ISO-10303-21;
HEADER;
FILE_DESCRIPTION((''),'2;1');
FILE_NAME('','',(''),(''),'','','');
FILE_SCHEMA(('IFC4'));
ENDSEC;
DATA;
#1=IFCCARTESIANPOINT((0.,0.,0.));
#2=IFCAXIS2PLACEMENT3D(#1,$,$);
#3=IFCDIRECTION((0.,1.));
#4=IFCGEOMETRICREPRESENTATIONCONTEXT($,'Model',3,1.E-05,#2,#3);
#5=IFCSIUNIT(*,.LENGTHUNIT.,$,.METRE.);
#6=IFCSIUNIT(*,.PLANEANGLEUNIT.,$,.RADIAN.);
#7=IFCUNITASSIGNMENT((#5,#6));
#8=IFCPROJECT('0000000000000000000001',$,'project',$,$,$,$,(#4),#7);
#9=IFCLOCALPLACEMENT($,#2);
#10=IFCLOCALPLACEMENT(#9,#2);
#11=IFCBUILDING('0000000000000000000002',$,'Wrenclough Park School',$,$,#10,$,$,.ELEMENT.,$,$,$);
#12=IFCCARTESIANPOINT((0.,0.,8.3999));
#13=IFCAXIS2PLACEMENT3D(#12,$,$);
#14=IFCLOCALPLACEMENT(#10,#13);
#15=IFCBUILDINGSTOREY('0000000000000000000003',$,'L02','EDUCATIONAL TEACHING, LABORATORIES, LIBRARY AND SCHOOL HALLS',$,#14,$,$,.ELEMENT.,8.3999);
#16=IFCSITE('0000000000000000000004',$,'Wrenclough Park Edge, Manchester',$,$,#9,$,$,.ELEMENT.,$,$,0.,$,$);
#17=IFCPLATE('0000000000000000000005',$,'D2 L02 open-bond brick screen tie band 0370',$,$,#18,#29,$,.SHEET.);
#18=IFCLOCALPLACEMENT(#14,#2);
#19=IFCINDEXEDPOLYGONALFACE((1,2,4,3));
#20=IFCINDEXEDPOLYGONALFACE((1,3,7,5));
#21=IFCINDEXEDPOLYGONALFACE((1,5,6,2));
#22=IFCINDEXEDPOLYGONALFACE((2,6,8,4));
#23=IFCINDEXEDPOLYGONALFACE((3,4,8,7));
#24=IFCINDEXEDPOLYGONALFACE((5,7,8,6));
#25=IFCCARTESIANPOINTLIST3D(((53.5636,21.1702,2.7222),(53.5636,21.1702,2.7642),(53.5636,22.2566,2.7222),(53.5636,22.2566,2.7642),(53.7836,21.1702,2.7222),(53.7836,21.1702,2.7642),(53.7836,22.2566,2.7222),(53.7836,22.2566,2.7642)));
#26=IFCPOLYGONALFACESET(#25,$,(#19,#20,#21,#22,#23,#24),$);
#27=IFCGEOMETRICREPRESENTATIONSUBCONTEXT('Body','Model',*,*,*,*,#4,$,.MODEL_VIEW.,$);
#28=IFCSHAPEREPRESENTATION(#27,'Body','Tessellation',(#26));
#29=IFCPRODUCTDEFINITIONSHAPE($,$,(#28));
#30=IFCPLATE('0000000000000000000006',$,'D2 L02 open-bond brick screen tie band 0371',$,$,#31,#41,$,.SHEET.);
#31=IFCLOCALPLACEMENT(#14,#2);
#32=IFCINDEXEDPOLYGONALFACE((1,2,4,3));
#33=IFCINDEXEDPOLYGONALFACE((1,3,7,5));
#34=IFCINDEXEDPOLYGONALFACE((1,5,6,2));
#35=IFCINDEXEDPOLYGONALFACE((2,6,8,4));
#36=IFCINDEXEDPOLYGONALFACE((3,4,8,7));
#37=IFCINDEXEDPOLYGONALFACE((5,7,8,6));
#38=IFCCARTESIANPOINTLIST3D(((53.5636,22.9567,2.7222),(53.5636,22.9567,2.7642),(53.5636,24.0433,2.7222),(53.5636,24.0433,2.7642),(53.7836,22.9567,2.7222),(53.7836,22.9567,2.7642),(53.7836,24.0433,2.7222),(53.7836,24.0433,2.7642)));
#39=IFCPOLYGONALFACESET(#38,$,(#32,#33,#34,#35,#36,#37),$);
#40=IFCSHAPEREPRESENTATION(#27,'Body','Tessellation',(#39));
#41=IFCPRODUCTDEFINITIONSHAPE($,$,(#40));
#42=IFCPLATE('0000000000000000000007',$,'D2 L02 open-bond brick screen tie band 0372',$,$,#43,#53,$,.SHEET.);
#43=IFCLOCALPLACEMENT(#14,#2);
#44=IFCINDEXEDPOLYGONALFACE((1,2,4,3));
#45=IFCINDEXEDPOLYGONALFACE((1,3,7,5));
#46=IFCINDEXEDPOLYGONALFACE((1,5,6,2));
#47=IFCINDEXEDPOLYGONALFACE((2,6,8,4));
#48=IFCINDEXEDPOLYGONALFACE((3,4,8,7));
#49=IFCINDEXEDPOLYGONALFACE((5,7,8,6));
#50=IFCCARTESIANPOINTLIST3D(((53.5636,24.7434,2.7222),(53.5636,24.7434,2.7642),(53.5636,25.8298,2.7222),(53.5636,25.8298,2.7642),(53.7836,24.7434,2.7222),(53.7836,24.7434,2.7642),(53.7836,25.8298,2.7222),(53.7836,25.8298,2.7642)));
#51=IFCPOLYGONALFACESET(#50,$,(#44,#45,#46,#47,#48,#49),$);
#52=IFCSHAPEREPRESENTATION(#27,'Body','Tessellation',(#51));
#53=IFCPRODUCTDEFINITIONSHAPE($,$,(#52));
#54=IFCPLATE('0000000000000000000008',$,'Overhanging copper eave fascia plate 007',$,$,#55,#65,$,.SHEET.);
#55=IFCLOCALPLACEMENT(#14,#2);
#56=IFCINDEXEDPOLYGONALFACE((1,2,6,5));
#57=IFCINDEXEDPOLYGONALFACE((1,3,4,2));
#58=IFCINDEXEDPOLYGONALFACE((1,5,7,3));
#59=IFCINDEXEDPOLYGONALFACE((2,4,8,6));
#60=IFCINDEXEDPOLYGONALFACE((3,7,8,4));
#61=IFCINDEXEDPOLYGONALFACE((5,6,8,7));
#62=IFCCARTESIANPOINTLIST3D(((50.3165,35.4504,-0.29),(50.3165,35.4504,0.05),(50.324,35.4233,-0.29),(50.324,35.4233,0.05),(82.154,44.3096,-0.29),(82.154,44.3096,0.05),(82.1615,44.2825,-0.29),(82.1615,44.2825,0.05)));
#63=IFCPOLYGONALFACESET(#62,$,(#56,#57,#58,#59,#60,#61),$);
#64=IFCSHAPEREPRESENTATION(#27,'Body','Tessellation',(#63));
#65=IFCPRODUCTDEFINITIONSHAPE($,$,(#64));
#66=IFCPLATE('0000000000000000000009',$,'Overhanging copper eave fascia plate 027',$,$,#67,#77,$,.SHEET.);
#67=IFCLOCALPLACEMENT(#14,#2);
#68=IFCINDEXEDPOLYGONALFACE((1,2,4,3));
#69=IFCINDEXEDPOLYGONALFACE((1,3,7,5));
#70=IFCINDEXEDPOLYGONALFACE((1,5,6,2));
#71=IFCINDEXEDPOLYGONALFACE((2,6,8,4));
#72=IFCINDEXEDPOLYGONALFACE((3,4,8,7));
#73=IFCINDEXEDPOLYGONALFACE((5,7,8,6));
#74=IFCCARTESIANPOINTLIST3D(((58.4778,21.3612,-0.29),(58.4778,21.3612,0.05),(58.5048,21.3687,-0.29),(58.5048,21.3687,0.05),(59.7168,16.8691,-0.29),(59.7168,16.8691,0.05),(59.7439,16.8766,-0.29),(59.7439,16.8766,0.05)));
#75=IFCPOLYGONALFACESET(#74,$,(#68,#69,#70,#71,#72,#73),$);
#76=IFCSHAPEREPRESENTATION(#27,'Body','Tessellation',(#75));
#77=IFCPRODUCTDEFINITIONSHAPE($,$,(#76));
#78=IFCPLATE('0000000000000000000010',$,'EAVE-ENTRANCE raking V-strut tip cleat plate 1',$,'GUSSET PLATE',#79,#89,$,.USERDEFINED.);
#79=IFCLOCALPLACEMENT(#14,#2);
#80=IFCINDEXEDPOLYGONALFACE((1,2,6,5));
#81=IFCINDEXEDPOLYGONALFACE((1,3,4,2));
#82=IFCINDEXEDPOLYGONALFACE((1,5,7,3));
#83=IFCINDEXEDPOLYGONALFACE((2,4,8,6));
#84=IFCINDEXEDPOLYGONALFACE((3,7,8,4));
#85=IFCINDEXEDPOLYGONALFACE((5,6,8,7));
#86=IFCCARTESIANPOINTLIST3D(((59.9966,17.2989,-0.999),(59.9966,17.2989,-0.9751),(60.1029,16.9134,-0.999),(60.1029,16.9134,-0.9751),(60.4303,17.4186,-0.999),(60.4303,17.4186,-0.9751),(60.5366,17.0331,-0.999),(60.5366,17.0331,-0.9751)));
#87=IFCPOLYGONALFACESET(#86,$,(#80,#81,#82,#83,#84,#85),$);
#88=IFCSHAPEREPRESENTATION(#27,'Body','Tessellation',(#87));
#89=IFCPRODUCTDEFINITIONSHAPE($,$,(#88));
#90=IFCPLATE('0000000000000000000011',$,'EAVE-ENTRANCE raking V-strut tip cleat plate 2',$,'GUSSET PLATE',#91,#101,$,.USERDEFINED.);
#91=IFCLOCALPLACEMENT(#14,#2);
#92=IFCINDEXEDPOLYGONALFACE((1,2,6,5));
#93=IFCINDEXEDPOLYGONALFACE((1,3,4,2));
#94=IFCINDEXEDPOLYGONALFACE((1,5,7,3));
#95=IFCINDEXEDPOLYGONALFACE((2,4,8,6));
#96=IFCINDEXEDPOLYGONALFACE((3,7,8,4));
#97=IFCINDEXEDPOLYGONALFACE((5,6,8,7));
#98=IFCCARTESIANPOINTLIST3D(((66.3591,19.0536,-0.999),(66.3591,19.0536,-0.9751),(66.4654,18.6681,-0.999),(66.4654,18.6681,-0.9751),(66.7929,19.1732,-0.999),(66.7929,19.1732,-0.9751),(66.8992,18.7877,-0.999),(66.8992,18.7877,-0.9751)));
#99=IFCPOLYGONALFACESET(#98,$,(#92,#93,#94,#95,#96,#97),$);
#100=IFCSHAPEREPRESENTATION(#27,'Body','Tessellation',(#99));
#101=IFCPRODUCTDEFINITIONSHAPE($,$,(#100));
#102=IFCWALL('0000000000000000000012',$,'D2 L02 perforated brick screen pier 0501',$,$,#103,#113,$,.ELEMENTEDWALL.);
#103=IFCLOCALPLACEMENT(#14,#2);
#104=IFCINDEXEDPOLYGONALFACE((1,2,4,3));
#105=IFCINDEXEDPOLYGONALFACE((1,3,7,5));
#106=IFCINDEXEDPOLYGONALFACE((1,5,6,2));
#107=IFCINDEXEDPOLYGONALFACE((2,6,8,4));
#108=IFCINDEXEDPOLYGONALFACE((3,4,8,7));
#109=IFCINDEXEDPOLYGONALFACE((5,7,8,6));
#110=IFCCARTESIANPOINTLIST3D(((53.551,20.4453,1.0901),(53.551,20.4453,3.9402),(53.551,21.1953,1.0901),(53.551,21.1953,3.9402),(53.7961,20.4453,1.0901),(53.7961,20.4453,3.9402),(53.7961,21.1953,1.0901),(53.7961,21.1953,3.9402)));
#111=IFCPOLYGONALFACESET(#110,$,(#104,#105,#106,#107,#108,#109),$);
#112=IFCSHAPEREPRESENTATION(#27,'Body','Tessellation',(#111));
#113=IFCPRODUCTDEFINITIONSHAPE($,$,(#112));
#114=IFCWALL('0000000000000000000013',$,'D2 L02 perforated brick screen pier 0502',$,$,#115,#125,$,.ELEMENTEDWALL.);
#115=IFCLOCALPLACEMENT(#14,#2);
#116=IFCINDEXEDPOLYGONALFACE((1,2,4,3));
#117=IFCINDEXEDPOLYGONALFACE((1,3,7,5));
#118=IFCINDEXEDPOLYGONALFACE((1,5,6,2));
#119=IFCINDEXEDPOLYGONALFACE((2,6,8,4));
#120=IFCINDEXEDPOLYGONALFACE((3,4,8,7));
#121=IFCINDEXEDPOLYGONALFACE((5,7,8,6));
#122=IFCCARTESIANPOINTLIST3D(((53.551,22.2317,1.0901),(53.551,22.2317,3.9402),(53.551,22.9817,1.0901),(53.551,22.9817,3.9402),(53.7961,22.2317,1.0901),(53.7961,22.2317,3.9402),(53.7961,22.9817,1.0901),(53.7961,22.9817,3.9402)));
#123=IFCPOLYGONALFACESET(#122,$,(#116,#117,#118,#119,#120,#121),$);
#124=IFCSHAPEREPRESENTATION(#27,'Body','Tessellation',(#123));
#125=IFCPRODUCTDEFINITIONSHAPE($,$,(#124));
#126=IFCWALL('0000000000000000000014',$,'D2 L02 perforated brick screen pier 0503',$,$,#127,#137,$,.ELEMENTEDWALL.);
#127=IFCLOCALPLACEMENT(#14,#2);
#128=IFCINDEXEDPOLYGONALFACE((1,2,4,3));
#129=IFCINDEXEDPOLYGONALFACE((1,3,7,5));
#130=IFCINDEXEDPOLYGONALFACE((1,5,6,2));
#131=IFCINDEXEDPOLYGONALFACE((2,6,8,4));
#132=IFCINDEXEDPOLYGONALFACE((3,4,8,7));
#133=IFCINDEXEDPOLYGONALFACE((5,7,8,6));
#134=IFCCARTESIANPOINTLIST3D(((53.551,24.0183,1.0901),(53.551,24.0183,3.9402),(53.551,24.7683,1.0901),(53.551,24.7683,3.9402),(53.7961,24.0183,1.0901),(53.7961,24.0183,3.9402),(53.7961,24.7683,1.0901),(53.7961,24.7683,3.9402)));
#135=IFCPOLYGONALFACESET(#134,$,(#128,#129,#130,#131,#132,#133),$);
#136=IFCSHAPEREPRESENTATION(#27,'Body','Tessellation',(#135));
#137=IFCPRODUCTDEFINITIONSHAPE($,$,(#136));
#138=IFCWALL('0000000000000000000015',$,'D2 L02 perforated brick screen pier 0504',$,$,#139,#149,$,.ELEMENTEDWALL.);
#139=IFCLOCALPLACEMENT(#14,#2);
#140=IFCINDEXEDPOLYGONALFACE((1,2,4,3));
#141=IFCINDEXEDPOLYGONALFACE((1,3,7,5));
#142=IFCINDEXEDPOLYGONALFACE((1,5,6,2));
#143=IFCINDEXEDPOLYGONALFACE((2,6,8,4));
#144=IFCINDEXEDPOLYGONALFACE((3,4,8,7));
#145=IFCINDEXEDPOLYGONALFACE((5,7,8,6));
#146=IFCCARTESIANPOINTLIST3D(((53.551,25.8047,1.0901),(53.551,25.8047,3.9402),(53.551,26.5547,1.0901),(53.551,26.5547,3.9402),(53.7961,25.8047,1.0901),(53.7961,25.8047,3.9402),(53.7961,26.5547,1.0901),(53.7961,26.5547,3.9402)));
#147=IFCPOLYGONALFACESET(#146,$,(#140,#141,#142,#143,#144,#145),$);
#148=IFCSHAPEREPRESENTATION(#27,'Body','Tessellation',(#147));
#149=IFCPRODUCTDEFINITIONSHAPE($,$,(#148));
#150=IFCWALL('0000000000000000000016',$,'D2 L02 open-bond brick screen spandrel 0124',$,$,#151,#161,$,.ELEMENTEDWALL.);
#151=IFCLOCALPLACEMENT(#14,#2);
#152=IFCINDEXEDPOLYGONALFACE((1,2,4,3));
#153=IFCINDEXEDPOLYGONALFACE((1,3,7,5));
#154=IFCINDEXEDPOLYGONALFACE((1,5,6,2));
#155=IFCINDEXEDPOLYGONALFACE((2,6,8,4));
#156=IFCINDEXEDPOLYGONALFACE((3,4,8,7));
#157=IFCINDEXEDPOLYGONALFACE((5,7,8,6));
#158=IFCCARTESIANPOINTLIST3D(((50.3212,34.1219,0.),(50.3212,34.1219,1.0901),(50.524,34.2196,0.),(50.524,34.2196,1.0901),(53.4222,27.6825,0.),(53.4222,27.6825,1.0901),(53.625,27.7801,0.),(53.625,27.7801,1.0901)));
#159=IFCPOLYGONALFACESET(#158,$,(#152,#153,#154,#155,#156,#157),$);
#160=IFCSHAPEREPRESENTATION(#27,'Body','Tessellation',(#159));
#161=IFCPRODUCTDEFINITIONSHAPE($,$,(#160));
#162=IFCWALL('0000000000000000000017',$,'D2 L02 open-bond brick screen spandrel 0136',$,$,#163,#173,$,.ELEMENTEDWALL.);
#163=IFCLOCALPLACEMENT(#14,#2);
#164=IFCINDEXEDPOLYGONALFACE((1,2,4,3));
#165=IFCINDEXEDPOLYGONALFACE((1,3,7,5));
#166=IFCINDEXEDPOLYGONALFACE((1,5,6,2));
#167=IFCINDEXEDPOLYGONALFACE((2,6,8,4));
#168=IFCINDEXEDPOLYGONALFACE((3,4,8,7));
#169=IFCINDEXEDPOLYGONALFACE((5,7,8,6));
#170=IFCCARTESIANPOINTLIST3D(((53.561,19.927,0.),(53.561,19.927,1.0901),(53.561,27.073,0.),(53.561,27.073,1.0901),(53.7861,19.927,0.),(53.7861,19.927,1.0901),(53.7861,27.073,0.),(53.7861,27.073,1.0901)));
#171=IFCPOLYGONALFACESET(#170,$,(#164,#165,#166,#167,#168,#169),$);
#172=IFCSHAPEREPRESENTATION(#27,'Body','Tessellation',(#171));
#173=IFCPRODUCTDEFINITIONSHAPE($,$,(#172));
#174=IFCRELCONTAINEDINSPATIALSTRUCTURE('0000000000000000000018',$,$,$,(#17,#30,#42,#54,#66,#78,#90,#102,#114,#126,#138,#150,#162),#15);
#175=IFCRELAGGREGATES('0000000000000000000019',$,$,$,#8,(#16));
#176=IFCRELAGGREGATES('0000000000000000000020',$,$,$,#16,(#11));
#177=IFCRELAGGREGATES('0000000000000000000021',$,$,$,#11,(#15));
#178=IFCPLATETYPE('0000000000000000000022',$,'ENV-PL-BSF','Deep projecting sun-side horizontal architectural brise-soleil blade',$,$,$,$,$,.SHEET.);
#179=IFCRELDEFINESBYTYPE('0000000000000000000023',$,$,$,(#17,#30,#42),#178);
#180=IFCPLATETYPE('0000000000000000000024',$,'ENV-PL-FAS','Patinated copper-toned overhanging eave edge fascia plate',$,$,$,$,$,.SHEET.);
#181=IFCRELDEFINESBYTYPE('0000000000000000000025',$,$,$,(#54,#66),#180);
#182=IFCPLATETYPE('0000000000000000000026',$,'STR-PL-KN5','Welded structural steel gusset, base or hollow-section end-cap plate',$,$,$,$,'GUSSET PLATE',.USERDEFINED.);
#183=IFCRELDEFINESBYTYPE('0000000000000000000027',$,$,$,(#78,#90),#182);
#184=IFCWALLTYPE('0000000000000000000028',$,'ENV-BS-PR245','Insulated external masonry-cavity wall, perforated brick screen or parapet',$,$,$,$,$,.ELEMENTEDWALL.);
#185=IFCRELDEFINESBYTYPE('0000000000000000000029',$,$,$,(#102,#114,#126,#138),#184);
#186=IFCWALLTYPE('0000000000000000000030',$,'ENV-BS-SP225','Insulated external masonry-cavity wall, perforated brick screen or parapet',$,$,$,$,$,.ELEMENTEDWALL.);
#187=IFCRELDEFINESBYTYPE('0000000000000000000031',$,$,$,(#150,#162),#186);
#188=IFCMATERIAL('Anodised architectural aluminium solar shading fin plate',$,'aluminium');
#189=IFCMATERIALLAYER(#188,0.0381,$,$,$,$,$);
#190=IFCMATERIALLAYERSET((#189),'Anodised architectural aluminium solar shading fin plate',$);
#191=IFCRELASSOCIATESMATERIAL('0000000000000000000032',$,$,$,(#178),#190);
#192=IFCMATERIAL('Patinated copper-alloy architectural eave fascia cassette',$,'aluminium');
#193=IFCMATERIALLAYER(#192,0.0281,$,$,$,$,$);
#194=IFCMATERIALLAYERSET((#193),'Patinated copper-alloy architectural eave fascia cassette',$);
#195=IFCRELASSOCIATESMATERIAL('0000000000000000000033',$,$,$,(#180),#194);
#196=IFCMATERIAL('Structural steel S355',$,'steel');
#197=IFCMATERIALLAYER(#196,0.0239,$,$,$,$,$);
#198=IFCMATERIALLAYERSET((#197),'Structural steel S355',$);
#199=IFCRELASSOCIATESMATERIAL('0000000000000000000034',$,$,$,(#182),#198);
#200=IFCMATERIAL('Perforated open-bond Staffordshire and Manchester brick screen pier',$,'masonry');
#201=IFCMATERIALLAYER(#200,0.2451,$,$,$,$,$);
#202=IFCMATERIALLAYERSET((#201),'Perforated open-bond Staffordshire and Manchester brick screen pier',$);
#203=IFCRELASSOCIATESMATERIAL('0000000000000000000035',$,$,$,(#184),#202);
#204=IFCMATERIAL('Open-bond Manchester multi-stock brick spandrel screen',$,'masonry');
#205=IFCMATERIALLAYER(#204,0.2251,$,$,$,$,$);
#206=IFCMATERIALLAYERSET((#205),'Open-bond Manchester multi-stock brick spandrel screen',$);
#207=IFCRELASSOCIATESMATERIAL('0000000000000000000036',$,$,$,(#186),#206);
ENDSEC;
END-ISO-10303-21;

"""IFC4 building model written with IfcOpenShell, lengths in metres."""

from ifc_helpers import new_model, si_unit, direction, frame, frame_2d, origin, origin_2d, place, context, subcontext, project, spatial, rectangle, extrude, material, layer, layer_set, type_object, element, save


model = new_model("IFC4")

# Units and contexts
model_context = context("Model", 3, precision=1e-05, world=origin(), true_north=direction((0.0, 1.0)))
body_context = subcontext(model_context, "Body", "Model", "MODEL_VIEW")
ifc_project = project(units=[si_unit("LENGTHUNIT", "METRE"), si_unit("PLANEANGLEUNIT", "RADIAN")], contexts=[model_context])

# Site, building, storey
site_placement = place(None, origin())
site = spatial("IfcSite", under=ifc_project, at=site_placement, Name="Wrenclough Park Edge, Manchester", CompositionType="ELEMENT", RefElevation=0.0)
building_placement = place(site_placement, origin())
building = spatial("IfcBuilding", under=site, at=building_placement, Name="Wrenclough Park School", CompositionType="ELEMENT")
storey_placement = place(building_placement, frame((0.0, 0.0, 8.3999)))
storey = spatial("IfcBuildingStorey", under=building, at=storey_placement, Name="L02", Description="EDUCATIONAL TEACHING, LABORATORIES, LIBRARY AND SCHOOL HALLS", CompositionType="ELEMENT", Elevation=8.3999)

# Shared definitions
ifc_material_1 = material(Name="Structural steel S355", Category="steel")

# Plates
ifc_material_2 = material(Name="Anodised architectural aluminium solar shading fin plate", Category="aluminium")
ifc_layer_1 = layer(ifc_material_2, 0.0381)
ifc_layer_set_1 = layer_set([ifc_layer_1], Name="Anodised architectural aluminium solar shading fin plate")
plate_type_1 = type_object("IfcPlateType", Name="ENV-PL-BSF", Description="Deep projecting sun-side horizontal architectural brise-soleil blade", PredefinedType="SHEET", material=ifc_layer_set_1)
plate_1_placement = place(storey_placement, frame((53.6736, 21.7134, 2.7222), z_axis=(0.0, 0.0, 1.0), x_axis=(0.0, 1.0, 0.0)))
element("IfcPlate", 1, at=plate_1_placement, inside=storey, type_object=plate_type_1, Name="D2 L02 open-bond brick screen tie band 0370", PredefinedType="SHEET", context=body_context, shape_type="SweptSolid", body=[
    extrude(rectangle(XDim=1.0864, YDim=0.22, at=origin_2d()), origin(), (0.0, 0.0, 1.0), 0.042),
])
plate_2_placement = place(storey_placement, frame((53.6736, 23.5, 2.7222), z_axis=(0.0, 0.0, 1.0), x_axis=(0.0, 1.0, 0.0)))
element("IfcPlate", 2, at=plate_2_placement, inside=storey, type_object=plate_type_1, Name="D2 L02 open-bond brick screen tie band 0371", PredefinedType="SHEET", context=body_context, shape_type="SweptSolid", body=[
    extrude(rectangle(XDim=1.0867, YDim=0.22, at=origin_2d()), origin(), (0.0, 0.0, 1.0), 0.042),
])
plate_3_placement = place(storey_placement, frame((53.6736, 25.2866, 2.7222), z_axis=(0.0, 0.0, 1.0), x_axis=(0.0, 1.0, 0.0)))
element("IfcPlate", 3, at=plate_3_placement, inside=storey, type_object=plate_type_1, Name="D2 L02 open-bond brick screen tie band 0372", PredefinedType="SHEET", context=body_context, shape_type="SweptSolid", body=[
    extrude(rectangle(XDim=1.0864, YDim=0.22, at=origin_2d()), origin(), (0.0, 0.0, 1.0), 0.042),
])
ifc_material_3 = material(Name="Patinated copper-alloy architectural eave fascia cassette", Category="aluminium")
ifc_layer_2 = layer(ifc_material_3, 0.0281)
ifc_layer_set_2 = layer_set([ifc_layer_2], Name="Patinated copper-alloy architectural eave fascia cassette")
plate_type_2 = type_object("IfcPlateType", Name="ENV-PL-FAS", Description="Patinated copper-toned overhanging eave edge fascia plate", PredefinedType="SHEET", material=ifc_layer_set_2)
plate_4_placement = place(storey_placement, frame((66.239, 39.8665, -0.29), z_axis=(0.0, 0.0, 1.0), x_axis=(-0.963397, -0.268078, 0.0)))
element("IfcPlate", 4, at=plate_4_placement, inside=storey, type_object=plate_type_2, Name="Overhanging copper eave fascia plate 007", PredefinedType="SHEET", context=body_context, shape_type="SweptSolid", body=[
    extrude(rectangle(XDim=33.0471, YDim=0.0281, at=origin_2d()), origin(), (0.0, 0.0, 1.0), 0.3401),
])
plate_5_placement = place(storey_placement, frame((59.1108, 19.1189, -0.29), z_axis=(0.0, 0.0, 1.0), x_axis=(0.265901, -0.964, 0.0)))
element("IfcPlate", 5, at=plate_5_placement, inside=storey, type_object=plate_type_2, Name="Overhanging copper eave fascia plate 027", PredefinedType="SHEET", context=body_context, shape_type="SweptSolid", body=[
    extrude(rectangle(XDim=4.6599, YDim=0.0281, at=origin_2d()), origin(), (0.0, 0.0, 1.0), 0.3401),
])
ifc_layer_3 = layer(ifc_material_1, 0.0239)
ifc_layer_set_3 = layer_set([ifc_layer_3], Name="Structural steel S355")
plate_type_3 = type_object("IfcPlateType", Name="STR-PL-KN5", Description="Welded structural steel gusset, base or hollow-section end-cap plate", ElementType="GUSSET PLATE", PredefinedType="USERDEFINED", material=ifc_layer_set_3)
for number, where, z_axis, x_axis, name in (
    (6, (60.2666, 17.166, -0.999), (0.0, 0.0, 1.0), (0.964003, 0.265893, 0.0), "EAVE-ENTRANCE raking V-strut tip cleat plate 1"),
    (7, (66.6292, 18.9207, -0.999), (0.0, 0.0, 1.0), (0.964003, 0.265893, 0.0), "EAVE-ENTRANCE raking V-strut tip cleat plate 2"),
):
    element("IfcPlate", number, at=place(storey_placement, frame(where, z_axis=z_axis, x_axis=x_axis)), inside=storey, type_object=plate_type_3, Name=name, ObjectType="GUSSET PLATE", PredefinedType="USERDEFINED", context=body_context, shape_type="SweptSolid", body=[
        extrude(rectangle(XDim=0.45, YDim=0.3999, at=origin_2d()), origin(), (0.0, 0.0, 1.0), 0.0239),
    ])

# Walls
ifc_material_4 = material(Name="Perforated open-bond Staffordshire and Manchester brick screen pier", Category="masonry")
ifc_layer_4 = layer(ifc_material_4, 0.2451)
ifc_layer_set_4 = layer_set([ifc_layer_4], Name="Perforated open-bond Staffordshire and Manchester brick screen pier")
wall_type_1 = type_object("IfcWallType", Name="ENV-BS-PR245", Description="Insulated external masonry-cavity wall, perforated brick screen or parapet", PredefinedType="ELEMENTEDWALL", material=ifc_layer_set_4)
for number, where, z_axis, x_axis, name in (
    (8, (53.6736, 20.4453, 1.0901), (0.0, 0.0, 1.0), (0.0, 1.0, 0.0), "D2 L02 perforated brick screen pier 0501"),
    (9, (53.6736, 22.2317, 1.0901), (0.0, 0.0, 1.0), (0.0, 1.0, 0.0), "D2 L02 perforated brick screen pier 0502"),
    (10, (53.6736, 24.0183, 1.0901), (0.0, 0.0, 1.0), (0.0, 1.0, 0.0), "D2 L02 perforated brick screen pier 0503"),
    (11, (53.6736, 25.8047, 1.0901), (0.0, 0.0, 1.0), (0.0, 1.0, 0.0), "D2 L02 perforated brick screen pier 0504"),
):
    element("IfcWall", number, at=place(storey_placement, frame(where, z_axis=z_axis, x_axis=x_axis)), inside=storey, type_object=wall_type_1, Name=name, PredefinedType="ELEMENTEDWALL", context=body_context, shape_type="SweptSolid", body=[
        extrude(rectangle(XDim=0.75, YDim=0.2451, at=frame_2d((0.375, 0.0))), origin(), (0.0, 0.0, 1.0), 2.8501),
    ])
ifc_material_5 = material(Name="Open-bond Manchester multi-stock brick spandrel screen", Category="masonry")
ifc_layer_5 = layer(ifc_material_5, 0.2251)
ifc_layer_set_5 = layer_set([ifc_layer_5], Name="Open-bond Manchester multi-stock brick spandrel screen")
wall_type_2 = type_object("IfcWallType", Name="ENV-BS-SP225", Description="Insulated external masonry-cavity wall, perforated brick screen or parapet", PredefinedType="ELEMENTEDWALL", material=ifc_layer_set_5)
wall_1_placement = place(storey_placement, frame((53.5237, 27.7312, 0.0), z_axis=(0.0, 0.0, 1.0), x_axis=(-0.433883, 0.900969, 0.0)))
element("IfcWall", 12, at=wall_1_placement, inside=storey, type_object=wall_type_2, Name="D2 L02 open-bond brick screen spandrel 0124", PredefinedType="ELEMENTEDWALL", context=body_context, shape_type="SweptSolid", body=[
    extrude(rectangle(XDim=7.1472, YDim=0.2251, at=frame_2d((3.5737, 0.0))), origin(), (0.0, 0.0, 1.0), 1.0901),
])
wall_2_placement = place(storey_placement, frame((53.6736, 19.927, 0.0), z_axis=(0.0, 0.0, 1.0), x_axis=(0.0, 1.0, 0.0)))
element("IfcWall", 13, at=wall_2_placement, inside=storey, type_object=wall_type_2, Name="D2 L02 open-bond brick screen spandrel 0136", PredefinedType="ELEMENTEDWALL", context=body_context, shape_type="SweptSolid", body=[
    extrude(rectangle(XDim=7.146, YDim=0.2251, at=frame_2d((3.573, 0.0))), origin(), (0.0, 0.0, 1.0), 1.0901),
])

save(model, "model.ifc")
